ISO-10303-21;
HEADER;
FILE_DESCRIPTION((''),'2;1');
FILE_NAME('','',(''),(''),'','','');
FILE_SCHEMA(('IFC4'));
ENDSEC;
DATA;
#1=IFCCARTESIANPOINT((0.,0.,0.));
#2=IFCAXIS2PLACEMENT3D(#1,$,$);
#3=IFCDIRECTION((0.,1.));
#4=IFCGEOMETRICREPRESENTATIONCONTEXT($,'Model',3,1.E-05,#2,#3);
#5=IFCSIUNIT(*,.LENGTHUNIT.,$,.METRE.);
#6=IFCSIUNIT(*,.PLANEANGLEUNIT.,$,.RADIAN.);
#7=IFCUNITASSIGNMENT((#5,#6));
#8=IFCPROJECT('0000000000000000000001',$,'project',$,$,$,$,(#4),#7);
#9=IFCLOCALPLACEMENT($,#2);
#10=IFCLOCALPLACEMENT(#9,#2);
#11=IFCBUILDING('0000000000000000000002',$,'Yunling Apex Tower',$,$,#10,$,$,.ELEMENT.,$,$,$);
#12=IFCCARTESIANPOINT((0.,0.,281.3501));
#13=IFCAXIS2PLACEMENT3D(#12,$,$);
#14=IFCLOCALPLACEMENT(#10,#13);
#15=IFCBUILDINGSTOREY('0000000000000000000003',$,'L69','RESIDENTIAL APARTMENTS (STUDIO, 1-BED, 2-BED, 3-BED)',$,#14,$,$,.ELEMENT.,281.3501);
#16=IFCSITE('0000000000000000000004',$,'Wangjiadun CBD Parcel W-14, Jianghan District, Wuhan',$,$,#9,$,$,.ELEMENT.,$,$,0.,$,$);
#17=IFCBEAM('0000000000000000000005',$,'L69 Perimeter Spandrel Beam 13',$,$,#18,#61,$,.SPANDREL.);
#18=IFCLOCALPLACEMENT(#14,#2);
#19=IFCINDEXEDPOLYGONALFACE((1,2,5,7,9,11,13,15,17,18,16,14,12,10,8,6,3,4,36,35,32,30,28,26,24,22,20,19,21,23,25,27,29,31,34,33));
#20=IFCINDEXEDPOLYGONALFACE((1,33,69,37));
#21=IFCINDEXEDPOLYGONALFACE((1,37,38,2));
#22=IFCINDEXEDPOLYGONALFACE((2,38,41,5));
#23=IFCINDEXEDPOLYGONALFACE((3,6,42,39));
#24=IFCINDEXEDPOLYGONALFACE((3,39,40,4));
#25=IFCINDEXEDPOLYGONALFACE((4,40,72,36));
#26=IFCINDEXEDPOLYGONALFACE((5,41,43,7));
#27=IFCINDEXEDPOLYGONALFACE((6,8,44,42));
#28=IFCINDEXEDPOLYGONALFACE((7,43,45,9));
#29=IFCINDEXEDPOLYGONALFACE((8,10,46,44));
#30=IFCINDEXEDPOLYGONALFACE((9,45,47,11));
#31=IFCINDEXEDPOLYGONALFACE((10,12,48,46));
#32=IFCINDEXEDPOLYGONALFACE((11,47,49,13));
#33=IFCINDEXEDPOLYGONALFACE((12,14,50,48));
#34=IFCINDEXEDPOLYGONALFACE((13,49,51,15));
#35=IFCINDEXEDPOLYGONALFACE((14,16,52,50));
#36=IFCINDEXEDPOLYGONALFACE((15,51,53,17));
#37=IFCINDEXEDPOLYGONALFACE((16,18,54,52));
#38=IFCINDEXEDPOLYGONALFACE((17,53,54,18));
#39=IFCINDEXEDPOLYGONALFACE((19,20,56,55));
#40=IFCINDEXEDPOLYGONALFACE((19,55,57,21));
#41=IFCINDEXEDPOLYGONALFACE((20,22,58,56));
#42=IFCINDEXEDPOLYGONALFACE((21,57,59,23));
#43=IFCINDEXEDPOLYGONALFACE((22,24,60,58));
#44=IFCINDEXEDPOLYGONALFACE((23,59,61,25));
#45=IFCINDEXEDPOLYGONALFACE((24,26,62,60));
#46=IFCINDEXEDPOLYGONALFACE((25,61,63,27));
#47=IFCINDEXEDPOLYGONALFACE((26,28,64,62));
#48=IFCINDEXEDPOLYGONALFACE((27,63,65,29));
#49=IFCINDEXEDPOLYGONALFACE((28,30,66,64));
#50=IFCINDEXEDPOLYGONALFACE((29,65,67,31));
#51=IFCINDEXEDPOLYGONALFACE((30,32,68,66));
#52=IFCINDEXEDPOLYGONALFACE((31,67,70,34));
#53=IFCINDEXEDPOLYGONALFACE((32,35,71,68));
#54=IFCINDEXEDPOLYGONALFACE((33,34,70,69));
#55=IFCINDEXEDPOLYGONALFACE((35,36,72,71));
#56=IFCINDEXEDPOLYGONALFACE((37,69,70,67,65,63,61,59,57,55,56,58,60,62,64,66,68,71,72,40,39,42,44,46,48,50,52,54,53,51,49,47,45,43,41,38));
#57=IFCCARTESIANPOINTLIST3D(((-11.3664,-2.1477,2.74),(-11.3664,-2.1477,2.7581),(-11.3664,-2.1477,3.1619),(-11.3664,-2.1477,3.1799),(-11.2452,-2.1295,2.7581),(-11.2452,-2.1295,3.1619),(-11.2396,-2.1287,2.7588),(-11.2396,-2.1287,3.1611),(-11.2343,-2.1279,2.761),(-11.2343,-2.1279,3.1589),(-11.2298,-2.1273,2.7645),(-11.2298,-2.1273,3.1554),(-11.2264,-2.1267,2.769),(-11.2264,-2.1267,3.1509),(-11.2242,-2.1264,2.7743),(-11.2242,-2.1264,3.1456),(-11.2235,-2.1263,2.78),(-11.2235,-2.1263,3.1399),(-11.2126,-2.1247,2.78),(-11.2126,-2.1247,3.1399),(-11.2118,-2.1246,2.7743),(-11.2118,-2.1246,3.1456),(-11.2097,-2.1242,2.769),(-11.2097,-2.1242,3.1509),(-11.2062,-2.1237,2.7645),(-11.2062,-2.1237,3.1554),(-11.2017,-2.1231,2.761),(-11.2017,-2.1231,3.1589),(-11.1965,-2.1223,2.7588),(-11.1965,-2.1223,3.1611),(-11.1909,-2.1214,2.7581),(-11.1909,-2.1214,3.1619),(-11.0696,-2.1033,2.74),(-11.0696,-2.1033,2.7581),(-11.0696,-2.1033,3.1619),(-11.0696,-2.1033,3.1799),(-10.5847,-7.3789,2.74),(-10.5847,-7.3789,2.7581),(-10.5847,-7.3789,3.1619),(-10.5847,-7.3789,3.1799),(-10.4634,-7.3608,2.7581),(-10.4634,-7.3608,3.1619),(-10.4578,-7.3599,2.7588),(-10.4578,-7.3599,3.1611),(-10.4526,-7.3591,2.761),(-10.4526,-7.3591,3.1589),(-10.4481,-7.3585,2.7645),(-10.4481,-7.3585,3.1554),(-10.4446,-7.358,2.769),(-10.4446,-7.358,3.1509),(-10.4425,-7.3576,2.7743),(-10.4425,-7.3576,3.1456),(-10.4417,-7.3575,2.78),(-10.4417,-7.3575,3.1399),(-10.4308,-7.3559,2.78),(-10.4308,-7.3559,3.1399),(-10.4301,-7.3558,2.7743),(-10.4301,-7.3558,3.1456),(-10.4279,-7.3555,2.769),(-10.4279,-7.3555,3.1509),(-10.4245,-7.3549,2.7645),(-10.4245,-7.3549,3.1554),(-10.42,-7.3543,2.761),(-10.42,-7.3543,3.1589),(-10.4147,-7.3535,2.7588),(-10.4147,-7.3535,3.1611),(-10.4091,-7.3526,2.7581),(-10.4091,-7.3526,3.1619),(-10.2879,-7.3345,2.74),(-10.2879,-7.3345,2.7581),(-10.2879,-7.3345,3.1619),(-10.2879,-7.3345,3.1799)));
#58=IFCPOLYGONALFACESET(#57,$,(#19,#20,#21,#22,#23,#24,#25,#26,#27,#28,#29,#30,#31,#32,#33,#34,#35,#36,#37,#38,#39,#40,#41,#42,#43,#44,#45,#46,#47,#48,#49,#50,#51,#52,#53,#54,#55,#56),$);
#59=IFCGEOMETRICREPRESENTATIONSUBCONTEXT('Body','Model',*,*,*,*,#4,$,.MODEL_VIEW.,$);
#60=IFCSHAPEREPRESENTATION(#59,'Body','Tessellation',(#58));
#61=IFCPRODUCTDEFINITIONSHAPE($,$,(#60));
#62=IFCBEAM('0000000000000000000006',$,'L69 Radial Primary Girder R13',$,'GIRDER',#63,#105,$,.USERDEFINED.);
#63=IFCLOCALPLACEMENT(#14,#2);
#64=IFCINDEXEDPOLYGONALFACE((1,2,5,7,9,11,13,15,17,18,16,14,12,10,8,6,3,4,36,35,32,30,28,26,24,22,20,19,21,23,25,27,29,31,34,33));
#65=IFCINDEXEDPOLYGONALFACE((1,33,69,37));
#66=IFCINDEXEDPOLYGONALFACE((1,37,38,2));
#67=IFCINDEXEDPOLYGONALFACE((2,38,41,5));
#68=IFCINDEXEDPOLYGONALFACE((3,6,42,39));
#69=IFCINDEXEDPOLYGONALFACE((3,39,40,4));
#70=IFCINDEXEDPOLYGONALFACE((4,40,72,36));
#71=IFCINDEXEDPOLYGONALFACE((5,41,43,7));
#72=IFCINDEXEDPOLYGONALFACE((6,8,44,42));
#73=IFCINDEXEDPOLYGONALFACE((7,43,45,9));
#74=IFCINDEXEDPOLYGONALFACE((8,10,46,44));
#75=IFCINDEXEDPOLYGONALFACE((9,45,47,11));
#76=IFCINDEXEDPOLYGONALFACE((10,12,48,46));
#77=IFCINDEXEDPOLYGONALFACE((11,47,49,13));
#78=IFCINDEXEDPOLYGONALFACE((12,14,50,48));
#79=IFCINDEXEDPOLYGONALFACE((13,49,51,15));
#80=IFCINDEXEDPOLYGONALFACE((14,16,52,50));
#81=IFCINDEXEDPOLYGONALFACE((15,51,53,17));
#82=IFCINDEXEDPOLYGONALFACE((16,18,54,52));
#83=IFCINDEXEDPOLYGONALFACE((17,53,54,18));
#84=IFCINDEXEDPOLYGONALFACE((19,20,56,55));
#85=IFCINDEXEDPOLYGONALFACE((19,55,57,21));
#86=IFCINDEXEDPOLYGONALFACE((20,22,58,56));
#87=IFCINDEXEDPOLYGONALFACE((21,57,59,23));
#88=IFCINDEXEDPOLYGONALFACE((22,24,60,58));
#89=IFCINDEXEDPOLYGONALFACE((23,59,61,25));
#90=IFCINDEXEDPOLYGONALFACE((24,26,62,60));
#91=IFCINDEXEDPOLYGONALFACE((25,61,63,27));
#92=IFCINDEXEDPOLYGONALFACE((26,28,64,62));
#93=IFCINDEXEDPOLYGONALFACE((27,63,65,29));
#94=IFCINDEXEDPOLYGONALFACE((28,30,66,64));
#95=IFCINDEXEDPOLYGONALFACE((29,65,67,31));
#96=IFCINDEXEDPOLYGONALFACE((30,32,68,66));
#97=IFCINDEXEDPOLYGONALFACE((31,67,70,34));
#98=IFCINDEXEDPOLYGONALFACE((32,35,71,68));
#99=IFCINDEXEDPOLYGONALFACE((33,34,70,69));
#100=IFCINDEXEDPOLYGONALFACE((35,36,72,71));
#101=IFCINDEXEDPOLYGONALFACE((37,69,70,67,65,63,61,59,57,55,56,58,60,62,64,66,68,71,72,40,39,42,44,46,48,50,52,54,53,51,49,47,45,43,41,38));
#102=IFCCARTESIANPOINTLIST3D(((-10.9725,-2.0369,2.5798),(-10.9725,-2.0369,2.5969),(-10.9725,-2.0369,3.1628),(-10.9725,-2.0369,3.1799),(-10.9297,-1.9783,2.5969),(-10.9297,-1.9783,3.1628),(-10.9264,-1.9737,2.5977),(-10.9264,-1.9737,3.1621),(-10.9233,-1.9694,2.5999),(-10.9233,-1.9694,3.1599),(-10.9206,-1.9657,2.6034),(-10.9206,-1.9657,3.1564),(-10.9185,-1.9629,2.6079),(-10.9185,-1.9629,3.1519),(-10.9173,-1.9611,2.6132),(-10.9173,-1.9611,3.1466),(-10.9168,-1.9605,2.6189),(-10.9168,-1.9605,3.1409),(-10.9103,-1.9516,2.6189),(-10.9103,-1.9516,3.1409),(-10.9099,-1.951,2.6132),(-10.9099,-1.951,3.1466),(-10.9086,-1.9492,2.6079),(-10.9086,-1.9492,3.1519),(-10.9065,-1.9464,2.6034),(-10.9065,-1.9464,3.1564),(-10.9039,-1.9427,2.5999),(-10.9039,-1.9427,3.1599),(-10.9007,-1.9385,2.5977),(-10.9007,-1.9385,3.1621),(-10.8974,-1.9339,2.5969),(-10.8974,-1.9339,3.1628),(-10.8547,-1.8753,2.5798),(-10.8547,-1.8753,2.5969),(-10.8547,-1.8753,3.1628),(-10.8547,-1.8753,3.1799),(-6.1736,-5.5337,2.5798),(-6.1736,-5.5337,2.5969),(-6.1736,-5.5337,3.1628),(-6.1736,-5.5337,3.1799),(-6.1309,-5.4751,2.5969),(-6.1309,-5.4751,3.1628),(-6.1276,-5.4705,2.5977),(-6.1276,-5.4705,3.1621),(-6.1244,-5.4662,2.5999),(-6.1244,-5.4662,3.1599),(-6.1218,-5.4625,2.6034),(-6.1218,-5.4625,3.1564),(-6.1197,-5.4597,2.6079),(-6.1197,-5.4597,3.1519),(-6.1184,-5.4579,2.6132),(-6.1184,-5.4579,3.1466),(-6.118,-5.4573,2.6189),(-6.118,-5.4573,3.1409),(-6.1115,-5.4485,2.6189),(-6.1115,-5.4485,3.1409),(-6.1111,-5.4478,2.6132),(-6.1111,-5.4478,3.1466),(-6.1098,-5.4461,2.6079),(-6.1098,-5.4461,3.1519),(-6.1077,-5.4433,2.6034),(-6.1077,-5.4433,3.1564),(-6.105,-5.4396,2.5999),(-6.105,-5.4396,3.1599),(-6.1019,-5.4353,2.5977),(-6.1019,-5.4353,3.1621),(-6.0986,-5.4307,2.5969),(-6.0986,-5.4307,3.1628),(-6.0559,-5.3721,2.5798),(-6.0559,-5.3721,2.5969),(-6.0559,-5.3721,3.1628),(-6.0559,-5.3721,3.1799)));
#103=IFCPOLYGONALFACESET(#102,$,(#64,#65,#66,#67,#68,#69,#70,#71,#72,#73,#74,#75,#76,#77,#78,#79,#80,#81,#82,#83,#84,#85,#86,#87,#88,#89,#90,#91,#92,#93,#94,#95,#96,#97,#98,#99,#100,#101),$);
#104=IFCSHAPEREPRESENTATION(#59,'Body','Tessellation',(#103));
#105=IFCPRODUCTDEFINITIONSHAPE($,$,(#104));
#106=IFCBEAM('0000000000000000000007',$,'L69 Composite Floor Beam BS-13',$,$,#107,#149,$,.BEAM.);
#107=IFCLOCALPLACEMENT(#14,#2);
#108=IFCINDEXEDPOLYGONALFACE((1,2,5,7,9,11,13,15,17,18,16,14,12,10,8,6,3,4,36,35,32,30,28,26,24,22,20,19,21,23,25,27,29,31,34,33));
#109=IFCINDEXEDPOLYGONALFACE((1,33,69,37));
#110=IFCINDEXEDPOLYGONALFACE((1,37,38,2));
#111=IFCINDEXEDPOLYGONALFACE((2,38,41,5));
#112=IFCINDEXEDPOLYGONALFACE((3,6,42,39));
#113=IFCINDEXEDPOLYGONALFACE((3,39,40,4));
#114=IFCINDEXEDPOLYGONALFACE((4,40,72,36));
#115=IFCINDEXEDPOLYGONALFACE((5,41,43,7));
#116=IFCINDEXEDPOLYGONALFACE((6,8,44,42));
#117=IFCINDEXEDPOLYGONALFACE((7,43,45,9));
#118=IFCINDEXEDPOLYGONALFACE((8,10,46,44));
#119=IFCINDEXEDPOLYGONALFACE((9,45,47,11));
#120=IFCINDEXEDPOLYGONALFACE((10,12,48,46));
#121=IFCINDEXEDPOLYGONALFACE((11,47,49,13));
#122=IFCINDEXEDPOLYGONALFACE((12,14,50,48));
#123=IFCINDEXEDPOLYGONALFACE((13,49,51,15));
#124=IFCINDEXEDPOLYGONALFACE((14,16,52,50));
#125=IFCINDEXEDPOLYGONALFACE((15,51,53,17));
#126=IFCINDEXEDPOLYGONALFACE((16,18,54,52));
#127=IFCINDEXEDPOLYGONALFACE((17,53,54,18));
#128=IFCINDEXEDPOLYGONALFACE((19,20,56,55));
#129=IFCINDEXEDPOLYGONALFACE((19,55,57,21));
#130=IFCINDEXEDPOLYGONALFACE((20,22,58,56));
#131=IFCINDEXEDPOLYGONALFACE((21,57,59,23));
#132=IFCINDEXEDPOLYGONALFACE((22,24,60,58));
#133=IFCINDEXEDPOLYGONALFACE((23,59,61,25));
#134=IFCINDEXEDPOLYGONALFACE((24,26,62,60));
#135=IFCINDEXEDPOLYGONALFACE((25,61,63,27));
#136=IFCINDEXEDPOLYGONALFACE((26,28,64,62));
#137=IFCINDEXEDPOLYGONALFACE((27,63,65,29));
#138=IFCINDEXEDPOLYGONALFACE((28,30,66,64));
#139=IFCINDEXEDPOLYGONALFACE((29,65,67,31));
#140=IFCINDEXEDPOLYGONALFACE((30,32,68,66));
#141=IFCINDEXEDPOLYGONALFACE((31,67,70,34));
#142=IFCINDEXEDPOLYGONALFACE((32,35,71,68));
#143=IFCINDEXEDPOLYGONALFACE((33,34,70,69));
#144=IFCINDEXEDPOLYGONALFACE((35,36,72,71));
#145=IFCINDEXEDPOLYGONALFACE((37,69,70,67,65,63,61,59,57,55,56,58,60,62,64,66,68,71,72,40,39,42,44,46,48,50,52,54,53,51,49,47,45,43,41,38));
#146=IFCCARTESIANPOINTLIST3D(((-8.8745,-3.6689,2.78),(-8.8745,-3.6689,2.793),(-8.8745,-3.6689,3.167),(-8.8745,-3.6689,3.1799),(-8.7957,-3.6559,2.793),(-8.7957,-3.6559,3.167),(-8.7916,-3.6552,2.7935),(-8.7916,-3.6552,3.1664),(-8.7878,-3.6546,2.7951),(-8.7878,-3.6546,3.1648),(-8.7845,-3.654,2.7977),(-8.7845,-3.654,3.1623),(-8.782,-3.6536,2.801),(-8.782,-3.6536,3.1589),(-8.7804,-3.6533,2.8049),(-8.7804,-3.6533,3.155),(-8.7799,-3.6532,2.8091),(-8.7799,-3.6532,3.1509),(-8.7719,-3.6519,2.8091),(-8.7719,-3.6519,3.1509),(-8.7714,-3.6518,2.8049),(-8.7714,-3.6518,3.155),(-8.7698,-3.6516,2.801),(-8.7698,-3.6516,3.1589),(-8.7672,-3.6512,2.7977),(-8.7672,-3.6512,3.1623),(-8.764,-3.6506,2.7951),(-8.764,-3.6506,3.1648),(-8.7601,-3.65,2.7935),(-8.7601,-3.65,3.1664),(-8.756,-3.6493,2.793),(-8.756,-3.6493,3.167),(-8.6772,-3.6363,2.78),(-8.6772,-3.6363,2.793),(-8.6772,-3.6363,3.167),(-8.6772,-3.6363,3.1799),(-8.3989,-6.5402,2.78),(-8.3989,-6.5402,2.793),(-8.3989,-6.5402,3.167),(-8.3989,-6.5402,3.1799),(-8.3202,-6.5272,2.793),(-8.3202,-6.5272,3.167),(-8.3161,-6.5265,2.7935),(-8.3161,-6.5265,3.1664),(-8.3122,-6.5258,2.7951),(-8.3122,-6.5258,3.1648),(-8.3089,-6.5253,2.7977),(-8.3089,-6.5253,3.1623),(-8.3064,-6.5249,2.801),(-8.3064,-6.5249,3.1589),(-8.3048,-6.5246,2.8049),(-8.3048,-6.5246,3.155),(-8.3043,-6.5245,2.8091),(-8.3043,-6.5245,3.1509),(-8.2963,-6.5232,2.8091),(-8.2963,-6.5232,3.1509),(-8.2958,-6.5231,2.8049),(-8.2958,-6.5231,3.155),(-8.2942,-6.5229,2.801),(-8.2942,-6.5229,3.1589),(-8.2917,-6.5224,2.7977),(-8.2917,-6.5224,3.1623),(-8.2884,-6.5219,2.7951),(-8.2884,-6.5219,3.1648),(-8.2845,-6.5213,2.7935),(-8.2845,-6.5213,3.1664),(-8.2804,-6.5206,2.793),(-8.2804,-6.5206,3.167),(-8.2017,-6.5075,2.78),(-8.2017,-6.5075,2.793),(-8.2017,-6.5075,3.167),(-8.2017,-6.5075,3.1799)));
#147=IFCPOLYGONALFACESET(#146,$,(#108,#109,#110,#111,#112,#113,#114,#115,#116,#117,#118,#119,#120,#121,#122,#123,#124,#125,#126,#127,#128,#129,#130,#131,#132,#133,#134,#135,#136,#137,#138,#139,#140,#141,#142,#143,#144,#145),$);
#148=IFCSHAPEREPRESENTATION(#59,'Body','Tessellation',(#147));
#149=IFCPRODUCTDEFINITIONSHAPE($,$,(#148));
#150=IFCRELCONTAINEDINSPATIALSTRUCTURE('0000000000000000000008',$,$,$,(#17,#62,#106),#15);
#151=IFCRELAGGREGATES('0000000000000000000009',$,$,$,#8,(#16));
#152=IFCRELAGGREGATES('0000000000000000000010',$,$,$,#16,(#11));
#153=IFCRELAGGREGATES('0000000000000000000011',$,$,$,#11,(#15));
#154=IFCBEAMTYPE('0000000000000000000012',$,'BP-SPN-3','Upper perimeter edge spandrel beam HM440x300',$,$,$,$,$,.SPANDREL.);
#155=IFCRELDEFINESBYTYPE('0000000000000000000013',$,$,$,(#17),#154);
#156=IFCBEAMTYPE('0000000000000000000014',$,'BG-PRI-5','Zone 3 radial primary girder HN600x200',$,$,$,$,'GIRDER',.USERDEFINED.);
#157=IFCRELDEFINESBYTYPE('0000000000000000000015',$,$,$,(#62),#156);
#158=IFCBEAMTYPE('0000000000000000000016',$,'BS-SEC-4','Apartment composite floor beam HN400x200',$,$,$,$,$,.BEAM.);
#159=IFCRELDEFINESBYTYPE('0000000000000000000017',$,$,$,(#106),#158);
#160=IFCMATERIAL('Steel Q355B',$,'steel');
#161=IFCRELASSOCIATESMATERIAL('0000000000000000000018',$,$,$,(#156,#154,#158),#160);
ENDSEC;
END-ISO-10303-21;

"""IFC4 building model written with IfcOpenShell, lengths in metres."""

from ifc_helpers import new_model, si_unit, direction, frame, origin, origin_2d, place, context, subcontext, project, spatial, i_section, extrude, source, transform, mapped, material, material_profile, profile_set, type_object, element, save


model = new_model("IFC4")

# Units and contexts
model_context = context("Model", 3, precision=1e-05, world=origin(), true_north=direction((0.0, 1.0)))
body_context = subcontext(model_context, "Body", "Model", "MODEL_VIEW")
ifc_project = project(units=[si_unit("LENGTHUNIT", "METRE"), si_unit("PLANEANGLEUNIT", "RADIAN")], contexts=[model_context])

# Site, building, storey
site_placement = place(None, origin())
site = spatial("IfcSite", under=ifc_project, at=site_placement, Name="Wangjiadun CBD Parcel W-14, Jianghan District, Wuhan", CompositionType="ELEMENT", RefElevation=0.0)
building_placement = place(site_placement, origin())
building = spatial("IfcBuilding", under=site, at=building_placement, Name="Yunling Apex Tower", CompositionType="ELEMENT")
storey_placement = place(building_placement, frame((0.0, 0.0, 281.3501)))
storey = spatial("IfcBuildingStorey", under=building, at=storey_placement, Name="L69", Description="RESIDENTIAL APARTMENTS (STUDIO, 1-BED, 2-BED, 3-BED)", CompositionType="ELEMENT", Elevation=281.3501)

# Shared definitions
ifc_material_1 = material(Name="Steel Q355B", Category="steel")

# Beams
ifc_material_profile_1 = material_profile(ifc_material_1, i_section(OverallWidth=0.2, OverallDepth=0.6001, WebThickness=0.011, FlangeThickness=0.0171, FilletRadius=0.022, at=origin_2d()))
ifc_profile_set_1 = profile_set([ifc_material_profile_1], Name="Steel Q355B")
beam_type_1 = type_object("IfcBeamType", Name="BG-PRI-5", Description="Zone 3 radial primary girder HN600x200", ElementType="GIRDER", PredefinedType="USERDEFINED", material=ifc_profile_set_1)
ifc_material_profile_2 = material_profile(ifc_material_1, i_section(OverallWidth=0.3, OverallDepth=0.4399, WebThickness=0.011, FlangeThickness=0.0181, FilletRadius=0.022, at=origin_2d()))
ifc_profile_set_2 = profile_set([ifc_material_profile_2], Name="Steel Q355B")
beam_type_2 = type_object("IfcBeamType", Name="BP-SPN-3", Description="Upper perimeter edge spandrel beam HM440x300", PredefinedType="SPANDREL", material=ifc_profile_set_2)
shared_shape_1 = source(origin(), body_context, "Body", "SweptSolid", [
    extrude(i_section(OverallWidth=0.3, OverallDepth=0.4399, WebThickness=0.011, FlangeThickness=0.0181, FilletRadius=0.022, at=origin_2d()), origin(), (0.0, 0.0, 1.0), 5.2893),
])
beam_1_placement = place(storey_placement, frame((-11.218, -2.1255, 2.96), z_axis=(0.147796, -0.989018, 0.0), x_axis=(0.989018, 0.147796, 0.0)))
element("IfcBeam", 1, at=beam_1_placement, inside=storey, type_object=beam_type_2, Name="L69 Perimeter Spandrel Beam 13", PredefinedType="SPANDREL", context=body_context, shape_type="MappedRepresentation", body=[
    mapped(shared_shape_1, transform((0.0, 0.0, 0.0), scale=1.0)),
])
shared_shape_2 = source(origin(), body_context, "Body", "SweptSolid", [
    extrude(i_section(OverallWidth=0.2, OverallDepth=0.6001, WebThickness=0.011, FlangeThickness=0.0171, FilletRadius=0.022, at=origin_2d()), origin(), (0.0, 0.0, 1.0), 5.9377),
])
beam_2_placement = place(storey_placement, frame((-10.9136, -1.9561, 2.8799), z_axis=(0.808193, -0.588917, 0.0), x_axis=(0.588917, 0.808193, 0.0)))
element("IfcBeam", 2, at=beam_2_placement, inside=storey, type_object=beam_type_1, Name="L69 Radial Primary Girder R13", ObjectType="GIRDER", PredefinedType="USERDEFINED", context=body_context, shape_type="MappedRepresentation", body=[
    mapped(shared_shape_2, transform((0.0, 0.0, 0.0), scale=1.0)),
])
ifc_material_profile_3 = material_profile(ifc_material_1, i_section(OverallWidth=0.2, OverallDepth=0.3999, WebThickness=0.0081, FlangeThickness=0.0129, FilletRadius=0.0161, at=origin_2d()))
ifc_profile_set_3 = profile_set([ifc_material_profile_3], Name="Steel Q355B")
beam_type_3 = type_object("IfcBeamType", Name="BS-SEC-4", Description="Apartment composite floor beam HN400x200", PredefinedType="BEAM", material=ifc_profile_set_3)
shared_shape_3 = source(origin(), body_context, "Body", "SweptSolid", [
    extrude(i_section(OverallWidth=0.2, OverallDepth=0.3999, WebThickness=0.0081, FlangeThickness=0.0129, FilletRadius=0.0161, at=origin_2d()), origin(), (0.0, 0.0, 1.0), 2.9104),
])
beam_3_placement = place(storey_placement, frame((-8.7759, -3.6526, 2.98), z_axis=(0.163406, -0.986559, 0.0), x_axis=(0.986559, 0.163406, 0.0)))
element("IfcBeam", 3, at=beam_3_placement, inside=storey, type_object=beam_type_3, Name="L69 Composite Floor Beam BS-13", PredefinedType="BEAM", context=body_context, shape_type="MappedRepresentation", body=[
    mapped(shared_shape_3, transform((0.0, 0.0, 0.0), scale=1.0)),
])

save(model, "model.ifc")
